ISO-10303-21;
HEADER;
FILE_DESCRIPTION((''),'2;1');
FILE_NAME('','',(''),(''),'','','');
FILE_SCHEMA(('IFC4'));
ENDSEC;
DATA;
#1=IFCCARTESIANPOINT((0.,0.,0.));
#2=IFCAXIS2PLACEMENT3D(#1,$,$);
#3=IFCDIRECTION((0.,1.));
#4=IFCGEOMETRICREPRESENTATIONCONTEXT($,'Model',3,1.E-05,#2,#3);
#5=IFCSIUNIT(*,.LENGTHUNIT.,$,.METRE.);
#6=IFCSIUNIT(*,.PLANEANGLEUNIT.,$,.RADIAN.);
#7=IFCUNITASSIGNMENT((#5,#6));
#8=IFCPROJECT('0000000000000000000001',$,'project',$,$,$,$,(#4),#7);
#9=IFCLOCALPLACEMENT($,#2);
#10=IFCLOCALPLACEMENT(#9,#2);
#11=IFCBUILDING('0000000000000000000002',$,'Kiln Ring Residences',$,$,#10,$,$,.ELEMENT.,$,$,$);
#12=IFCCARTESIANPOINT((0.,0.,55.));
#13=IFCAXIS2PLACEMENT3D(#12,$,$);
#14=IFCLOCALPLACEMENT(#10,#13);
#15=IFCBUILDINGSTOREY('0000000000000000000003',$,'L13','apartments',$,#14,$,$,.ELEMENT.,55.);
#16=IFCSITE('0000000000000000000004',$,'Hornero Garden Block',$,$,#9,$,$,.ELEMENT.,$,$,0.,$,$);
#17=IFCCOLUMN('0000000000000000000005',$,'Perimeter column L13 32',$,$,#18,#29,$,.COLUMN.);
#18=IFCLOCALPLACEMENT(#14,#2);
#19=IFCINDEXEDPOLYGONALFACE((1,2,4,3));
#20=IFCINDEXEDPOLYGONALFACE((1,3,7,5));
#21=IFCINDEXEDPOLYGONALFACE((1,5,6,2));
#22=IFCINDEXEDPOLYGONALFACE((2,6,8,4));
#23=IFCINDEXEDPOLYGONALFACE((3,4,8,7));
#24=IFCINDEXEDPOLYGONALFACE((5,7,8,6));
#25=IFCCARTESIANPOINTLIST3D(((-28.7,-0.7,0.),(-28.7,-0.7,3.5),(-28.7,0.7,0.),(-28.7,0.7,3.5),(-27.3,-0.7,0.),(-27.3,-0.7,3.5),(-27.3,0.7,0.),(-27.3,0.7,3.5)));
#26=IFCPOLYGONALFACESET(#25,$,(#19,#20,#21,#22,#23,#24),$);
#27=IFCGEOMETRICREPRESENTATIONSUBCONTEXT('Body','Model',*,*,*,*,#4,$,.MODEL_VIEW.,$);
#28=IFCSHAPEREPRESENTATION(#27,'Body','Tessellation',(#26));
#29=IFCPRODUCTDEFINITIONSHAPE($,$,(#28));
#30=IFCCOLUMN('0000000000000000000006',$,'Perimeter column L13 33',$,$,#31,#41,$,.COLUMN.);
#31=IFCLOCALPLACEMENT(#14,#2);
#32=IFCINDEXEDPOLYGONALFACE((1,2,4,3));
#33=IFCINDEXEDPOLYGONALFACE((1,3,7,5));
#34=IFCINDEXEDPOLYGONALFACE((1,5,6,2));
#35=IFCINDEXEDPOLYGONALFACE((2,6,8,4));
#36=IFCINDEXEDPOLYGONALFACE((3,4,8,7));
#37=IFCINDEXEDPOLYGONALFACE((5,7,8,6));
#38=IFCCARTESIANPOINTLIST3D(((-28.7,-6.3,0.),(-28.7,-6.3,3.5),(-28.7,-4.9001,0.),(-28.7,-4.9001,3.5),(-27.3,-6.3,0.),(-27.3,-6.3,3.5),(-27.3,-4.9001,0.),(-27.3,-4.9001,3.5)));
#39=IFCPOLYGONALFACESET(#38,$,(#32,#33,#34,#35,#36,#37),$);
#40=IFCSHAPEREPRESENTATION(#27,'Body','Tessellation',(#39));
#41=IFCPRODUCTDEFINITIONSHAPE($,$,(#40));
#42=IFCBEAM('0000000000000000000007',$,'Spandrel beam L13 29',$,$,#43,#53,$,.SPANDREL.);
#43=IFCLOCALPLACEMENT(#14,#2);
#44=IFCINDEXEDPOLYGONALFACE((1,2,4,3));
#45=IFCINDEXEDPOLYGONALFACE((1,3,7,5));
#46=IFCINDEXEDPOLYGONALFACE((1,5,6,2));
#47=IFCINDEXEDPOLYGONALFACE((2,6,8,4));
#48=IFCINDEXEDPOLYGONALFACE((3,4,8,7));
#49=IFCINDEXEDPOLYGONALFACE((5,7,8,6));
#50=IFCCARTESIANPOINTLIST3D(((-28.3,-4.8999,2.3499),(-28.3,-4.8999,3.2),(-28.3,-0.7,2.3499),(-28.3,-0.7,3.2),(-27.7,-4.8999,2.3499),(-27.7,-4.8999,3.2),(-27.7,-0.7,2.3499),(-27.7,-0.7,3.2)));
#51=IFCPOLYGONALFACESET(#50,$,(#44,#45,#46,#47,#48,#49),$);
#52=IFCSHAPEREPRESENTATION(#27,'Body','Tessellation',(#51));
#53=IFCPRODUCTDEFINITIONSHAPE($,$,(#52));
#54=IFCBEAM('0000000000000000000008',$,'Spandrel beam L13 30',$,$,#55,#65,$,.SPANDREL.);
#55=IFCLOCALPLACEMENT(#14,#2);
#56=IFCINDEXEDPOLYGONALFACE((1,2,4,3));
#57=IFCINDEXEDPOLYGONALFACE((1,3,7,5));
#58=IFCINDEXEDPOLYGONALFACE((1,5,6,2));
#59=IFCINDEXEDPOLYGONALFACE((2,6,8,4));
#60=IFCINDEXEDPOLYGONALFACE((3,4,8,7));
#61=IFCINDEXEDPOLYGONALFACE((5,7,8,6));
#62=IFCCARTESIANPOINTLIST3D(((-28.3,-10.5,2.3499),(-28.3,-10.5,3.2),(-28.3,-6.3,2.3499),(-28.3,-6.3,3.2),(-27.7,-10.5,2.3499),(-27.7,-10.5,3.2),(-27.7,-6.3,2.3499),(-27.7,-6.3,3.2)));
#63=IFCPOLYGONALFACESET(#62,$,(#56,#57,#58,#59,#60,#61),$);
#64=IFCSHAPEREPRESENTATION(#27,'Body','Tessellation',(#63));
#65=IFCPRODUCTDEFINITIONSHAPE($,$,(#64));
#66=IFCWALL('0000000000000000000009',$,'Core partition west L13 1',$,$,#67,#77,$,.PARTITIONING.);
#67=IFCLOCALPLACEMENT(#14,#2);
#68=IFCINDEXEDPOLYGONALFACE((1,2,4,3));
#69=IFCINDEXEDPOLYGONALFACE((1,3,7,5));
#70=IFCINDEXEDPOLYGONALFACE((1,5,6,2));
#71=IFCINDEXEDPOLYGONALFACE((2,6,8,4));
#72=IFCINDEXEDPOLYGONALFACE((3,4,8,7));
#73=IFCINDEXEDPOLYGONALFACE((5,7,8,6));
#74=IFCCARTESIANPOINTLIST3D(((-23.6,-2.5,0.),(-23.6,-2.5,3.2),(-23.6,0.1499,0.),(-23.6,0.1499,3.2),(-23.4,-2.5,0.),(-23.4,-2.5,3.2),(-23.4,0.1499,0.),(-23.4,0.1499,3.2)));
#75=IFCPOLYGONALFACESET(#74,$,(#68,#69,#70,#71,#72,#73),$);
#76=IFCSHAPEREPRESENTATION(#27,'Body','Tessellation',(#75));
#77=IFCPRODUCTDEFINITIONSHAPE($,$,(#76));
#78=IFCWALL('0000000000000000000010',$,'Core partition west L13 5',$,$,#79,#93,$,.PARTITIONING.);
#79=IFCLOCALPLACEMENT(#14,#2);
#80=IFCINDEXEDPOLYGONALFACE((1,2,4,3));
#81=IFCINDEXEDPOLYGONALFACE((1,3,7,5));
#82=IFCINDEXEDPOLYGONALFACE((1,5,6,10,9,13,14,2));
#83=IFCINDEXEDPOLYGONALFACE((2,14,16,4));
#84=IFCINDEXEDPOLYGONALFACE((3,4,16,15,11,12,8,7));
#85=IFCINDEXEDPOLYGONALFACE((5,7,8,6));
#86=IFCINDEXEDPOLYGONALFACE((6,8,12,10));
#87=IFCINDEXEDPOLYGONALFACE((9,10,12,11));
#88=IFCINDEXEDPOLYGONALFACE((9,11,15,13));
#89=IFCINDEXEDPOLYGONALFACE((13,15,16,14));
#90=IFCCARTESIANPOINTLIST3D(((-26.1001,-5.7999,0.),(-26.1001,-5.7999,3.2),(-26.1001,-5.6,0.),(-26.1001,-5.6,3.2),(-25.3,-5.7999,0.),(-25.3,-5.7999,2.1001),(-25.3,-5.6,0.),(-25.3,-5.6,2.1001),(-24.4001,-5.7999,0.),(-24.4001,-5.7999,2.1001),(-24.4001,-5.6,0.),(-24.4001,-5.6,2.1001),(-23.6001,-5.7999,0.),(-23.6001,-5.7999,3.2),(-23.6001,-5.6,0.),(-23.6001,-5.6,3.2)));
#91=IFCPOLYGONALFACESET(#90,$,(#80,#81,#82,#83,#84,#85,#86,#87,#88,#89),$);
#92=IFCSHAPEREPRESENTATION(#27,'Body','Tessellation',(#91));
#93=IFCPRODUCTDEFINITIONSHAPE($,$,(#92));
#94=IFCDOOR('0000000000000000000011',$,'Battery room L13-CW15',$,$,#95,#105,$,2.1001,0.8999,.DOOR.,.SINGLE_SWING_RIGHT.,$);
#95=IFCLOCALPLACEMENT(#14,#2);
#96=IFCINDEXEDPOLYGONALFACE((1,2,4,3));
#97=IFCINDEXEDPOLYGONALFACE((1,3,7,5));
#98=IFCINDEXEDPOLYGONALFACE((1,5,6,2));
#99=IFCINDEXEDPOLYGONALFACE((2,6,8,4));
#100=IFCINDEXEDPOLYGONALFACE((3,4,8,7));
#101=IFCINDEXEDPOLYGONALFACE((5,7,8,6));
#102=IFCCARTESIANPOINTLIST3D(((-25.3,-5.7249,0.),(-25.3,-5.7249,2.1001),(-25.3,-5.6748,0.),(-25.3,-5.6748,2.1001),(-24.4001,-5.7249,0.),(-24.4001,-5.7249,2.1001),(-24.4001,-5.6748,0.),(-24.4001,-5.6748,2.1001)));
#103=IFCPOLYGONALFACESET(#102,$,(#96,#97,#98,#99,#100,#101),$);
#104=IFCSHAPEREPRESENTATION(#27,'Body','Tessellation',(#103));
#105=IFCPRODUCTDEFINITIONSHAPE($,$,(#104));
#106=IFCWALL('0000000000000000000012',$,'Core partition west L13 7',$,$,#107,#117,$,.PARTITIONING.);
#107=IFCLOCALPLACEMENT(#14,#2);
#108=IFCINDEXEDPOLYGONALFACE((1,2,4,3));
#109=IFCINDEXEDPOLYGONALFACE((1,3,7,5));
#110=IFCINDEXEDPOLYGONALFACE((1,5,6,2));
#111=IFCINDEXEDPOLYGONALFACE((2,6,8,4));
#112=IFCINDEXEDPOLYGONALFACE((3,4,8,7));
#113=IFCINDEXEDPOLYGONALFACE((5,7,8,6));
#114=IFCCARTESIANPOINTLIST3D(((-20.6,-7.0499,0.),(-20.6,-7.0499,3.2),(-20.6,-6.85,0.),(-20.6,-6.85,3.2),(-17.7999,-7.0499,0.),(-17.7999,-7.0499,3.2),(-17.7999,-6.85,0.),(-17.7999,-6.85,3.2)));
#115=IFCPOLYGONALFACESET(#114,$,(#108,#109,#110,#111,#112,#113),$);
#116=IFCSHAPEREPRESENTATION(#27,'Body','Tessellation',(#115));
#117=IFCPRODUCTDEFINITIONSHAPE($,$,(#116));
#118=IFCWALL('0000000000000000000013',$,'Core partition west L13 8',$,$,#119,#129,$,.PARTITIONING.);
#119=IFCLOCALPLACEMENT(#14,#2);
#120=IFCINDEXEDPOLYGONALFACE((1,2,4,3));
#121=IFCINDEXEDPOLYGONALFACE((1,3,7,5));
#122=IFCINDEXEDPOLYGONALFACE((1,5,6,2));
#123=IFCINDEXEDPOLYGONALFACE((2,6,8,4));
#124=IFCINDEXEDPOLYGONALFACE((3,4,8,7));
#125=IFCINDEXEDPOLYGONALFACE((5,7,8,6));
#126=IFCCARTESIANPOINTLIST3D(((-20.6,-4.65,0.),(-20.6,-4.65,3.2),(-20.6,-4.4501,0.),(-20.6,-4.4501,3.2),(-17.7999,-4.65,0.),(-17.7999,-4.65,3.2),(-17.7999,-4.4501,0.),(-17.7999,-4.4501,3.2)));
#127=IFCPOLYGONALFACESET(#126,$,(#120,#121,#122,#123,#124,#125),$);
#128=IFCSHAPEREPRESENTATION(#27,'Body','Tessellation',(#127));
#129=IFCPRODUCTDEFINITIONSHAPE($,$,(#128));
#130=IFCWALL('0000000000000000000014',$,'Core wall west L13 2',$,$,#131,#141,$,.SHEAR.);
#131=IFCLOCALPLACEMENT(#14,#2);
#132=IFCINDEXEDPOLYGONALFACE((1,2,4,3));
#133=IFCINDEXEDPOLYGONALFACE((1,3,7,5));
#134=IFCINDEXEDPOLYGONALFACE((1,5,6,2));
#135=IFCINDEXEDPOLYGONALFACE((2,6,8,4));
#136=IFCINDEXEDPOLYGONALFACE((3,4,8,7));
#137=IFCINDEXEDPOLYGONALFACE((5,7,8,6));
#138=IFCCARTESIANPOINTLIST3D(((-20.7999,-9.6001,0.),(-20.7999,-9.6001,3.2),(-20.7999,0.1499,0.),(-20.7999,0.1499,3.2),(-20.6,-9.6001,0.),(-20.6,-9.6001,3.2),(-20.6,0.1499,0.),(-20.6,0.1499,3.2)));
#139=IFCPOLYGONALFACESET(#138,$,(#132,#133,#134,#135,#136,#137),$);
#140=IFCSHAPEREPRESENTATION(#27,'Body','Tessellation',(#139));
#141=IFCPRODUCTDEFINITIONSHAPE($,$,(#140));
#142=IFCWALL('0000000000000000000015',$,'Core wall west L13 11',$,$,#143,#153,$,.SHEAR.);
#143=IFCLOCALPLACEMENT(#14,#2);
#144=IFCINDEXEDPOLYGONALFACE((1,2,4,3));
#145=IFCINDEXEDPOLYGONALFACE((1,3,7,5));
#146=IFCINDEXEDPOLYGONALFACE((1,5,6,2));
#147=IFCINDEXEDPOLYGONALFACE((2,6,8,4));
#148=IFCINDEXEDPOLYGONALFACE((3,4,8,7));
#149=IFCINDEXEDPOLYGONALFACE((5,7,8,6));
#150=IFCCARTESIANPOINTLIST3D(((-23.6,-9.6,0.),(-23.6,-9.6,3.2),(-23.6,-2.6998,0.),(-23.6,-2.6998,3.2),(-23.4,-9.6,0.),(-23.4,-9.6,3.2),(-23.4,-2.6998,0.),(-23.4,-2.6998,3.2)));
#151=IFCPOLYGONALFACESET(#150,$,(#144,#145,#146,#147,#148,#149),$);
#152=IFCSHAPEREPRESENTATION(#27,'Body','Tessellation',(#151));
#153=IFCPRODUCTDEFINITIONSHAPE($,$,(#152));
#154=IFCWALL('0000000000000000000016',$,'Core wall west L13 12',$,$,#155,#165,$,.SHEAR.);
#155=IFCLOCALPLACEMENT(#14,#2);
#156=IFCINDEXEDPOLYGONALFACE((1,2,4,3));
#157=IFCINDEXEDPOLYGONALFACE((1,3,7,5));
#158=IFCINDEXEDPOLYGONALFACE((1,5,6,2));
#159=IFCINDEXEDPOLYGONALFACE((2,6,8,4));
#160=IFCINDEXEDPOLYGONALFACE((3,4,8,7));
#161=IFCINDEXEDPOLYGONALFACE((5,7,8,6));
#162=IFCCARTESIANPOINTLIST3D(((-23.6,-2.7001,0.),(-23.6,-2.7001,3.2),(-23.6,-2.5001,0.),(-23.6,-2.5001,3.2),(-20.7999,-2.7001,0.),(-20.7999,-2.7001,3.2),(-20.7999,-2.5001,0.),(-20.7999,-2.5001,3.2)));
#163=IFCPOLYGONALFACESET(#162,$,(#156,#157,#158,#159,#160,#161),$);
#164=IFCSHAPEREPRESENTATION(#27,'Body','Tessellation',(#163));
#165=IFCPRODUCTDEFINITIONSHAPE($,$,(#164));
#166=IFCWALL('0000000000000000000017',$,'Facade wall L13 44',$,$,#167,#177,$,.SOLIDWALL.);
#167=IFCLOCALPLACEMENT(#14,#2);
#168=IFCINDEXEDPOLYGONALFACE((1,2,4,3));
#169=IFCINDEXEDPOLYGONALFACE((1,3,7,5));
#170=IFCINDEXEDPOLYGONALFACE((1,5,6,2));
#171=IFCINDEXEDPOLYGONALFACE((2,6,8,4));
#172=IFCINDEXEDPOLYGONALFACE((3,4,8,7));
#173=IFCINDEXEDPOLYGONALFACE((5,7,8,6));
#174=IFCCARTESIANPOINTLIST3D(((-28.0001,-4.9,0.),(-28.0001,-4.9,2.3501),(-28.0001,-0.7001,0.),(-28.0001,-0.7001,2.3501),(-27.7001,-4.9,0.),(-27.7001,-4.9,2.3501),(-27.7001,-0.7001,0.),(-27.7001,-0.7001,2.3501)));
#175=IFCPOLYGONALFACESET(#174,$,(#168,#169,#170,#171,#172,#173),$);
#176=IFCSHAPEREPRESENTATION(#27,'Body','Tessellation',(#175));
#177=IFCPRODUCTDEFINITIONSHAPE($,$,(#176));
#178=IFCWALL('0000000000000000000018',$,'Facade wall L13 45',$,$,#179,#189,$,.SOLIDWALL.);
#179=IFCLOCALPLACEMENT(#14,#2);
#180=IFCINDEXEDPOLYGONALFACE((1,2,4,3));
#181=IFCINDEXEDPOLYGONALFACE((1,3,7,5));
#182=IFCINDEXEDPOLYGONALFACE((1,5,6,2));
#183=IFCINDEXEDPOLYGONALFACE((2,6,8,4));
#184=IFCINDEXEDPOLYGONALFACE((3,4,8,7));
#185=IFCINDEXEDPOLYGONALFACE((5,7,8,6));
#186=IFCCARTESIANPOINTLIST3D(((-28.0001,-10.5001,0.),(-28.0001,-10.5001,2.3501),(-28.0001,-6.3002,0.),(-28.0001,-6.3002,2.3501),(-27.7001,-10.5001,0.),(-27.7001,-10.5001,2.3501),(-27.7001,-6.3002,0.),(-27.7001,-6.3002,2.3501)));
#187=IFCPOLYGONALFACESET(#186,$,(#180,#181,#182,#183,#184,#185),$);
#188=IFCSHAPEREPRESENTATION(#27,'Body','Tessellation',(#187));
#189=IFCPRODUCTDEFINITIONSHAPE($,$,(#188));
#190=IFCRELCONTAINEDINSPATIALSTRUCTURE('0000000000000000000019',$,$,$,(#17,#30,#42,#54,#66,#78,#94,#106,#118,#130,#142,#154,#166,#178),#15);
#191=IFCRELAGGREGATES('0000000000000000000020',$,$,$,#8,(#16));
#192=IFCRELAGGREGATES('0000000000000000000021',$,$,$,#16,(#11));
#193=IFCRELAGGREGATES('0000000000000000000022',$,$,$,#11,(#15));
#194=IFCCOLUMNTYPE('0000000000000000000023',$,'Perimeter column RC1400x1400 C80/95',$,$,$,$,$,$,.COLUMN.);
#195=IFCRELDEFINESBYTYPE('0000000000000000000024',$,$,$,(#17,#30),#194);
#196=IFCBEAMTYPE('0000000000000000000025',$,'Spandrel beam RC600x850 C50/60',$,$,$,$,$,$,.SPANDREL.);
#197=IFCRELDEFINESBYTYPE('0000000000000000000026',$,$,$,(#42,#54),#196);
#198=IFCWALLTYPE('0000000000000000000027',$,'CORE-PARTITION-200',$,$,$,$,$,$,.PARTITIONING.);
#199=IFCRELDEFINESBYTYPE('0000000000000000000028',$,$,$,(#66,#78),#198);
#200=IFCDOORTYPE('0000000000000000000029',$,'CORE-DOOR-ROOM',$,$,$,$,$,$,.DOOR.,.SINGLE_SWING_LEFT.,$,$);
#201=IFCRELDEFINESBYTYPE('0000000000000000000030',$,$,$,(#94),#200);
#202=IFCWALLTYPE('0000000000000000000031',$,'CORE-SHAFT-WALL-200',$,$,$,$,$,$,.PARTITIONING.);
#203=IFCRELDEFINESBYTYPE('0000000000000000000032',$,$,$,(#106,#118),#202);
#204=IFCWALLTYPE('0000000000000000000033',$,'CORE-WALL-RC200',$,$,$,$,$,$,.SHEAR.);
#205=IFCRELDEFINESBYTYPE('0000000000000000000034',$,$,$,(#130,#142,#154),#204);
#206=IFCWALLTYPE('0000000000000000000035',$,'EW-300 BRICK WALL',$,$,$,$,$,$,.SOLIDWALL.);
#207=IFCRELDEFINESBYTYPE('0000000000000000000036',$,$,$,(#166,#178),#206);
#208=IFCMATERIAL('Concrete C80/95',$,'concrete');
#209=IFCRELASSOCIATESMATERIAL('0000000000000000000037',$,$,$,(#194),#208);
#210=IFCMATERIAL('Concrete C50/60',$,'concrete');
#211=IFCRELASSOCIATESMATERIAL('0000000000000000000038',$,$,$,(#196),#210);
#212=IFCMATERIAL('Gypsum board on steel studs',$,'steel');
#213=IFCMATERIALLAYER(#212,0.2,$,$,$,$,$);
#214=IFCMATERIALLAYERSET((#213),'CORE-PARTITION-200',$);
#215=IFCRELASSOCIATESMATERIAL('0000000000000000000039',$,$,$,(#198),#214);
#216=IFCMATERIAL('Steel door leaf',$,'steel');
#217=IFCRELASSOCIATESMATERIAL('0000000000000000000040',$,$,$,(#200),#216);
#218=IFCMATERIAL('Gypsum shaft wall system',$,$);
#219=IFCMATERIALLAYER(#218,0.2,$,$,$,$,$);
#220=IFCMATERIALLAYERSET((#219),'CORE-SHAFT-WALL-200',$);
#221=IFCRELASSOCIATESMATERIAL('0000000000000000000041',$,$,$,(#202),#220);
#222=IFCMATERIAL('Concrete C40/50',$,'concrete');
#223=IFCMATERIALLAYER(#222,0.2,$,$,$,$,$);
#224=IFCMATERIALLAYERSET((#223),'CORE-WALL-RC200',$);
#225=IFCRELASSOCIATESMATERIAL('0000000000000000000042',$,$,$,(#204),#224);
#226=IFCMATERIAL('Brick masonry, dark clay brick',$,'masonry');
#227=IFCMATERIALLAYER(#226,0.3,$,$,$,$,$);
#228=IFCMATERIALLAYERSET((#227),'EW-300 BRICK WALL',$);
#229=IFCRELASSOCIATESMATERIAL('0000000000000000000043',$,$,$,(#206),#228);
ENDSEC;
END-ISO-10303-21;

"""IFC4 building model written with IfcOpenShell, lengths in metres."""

from ifc_helpers import new_model, si_unit, direction, frame, frame_2d, origin, origin_2d, place, context, subcontext, project, spatial, rectangle, extrude, material, layer, layer_set, material_profile, profile_set, type_object, element, fill, save


model = new_model("IFC4")

# Units and contexts
model_context = context("Model", 3, precision=1e-05, world=origin(), true_north=direction((0.0, 1.0)))
body_context = subcontext(model_context, "Body", "Model", "MODEL_VIEW")
ifc_project = project(units=[si_unit("LENGTHUNIT", "METRE"), si_unit("PLANEANGLEUNIT", "RADIAN")], contexts=[model_context])

# Site, building, storey
site_placement = place(None, origin())
site = spatial("IfcSite", under=ifc_project, at=site_placement, Name="Hornero Garden Block", CompositionType="ELEMENT", RefElevation=0.0)
building_placement = place(site_placement, origin())
building = spatial("IfcBuilding", under=site, at=building_placement, Name="Kiln Ring Residences", CompositionType="ELEMENT")
storey_placement = place(building_placement, frame((0.0, 0.0, 55.0)))
storey = spatial("IfcBuildingStorey", under=building, at=storey_placement, Name="L13", Description="apartments", CompositionType="ELEMENT", Elevation=55.0)

# Columns
ifc_material_1 = material(Name="Concrete C80/95", Category="concrete")
ifc_material_profile_1 = material_profile(ifc_material_1, rectangle(XDim=1.3999, YDim=1.3999, at=origin_2d()), Name="RC1400x1400")
ifc_profile_set_1 = profile_set([ifc_material_profile_1], Name="Concrete C80/95")
column_type = type_object("IfcColumnType", Name="Perimeter column RC1400x1400 C80/95", PredefinedType="COLUMN", material=ifc_profile_set_1)
for number, where, z_axis, x_axis, name in (
    (1, (-28.0, 0.0, 0.0), (0.0, 0.0, 1.0), (1.0, 0.0, 0.0), "Perimeter column L13 32"),
    (2, (-28.0, -5.6001, 0.0), (0.0, 0.0, 1.0), (1.0, 0.0, 0.0), "Perimeter column L13 33"),
):
    element("IfcColumn", number, at=place(storey_placement, frame(where, z_axis=z_axis, x_axis=x_axis)), inside=storey, type_object=column_type, Name=name, PredefinedType="COLUMN", context=body_context, shape_type="SweptSolid", body=[
        extrude(rectangle(XDim=1.3999, YDim=1.3999, at=origin_2d()), origin(), (0.0, 0.0, 1.0), 3.5),
    ])

# Beams
ifc_material_2 = material(Name="Concrete C50/60", Category="concrete")
ifc_material_profile_2 = material_profile(ifc_material_2, rectangle(XDim=0.6001, YDim=0.8501, at=origin_2d()), Name="RC600x850")
ifc_profile_set_2 = profile_set([ifc_material_profile_2], Name="Concrete C50/60")
beam_type = type_object("IfcBeamType", Name="Spandrel beam RC600x850 C50/60", PredefinedType="SPANDREL", material=ifc_profile_set_2)
for number, where, z_axis, x_axis, name in (
    (3, (-28.0, -0.7, 2.7749), (0.0, -1.0, 0.0), (1.0, 0.0, 0.0), "Spandrel beam L13 29"),
    (4, (-28.0, -6.3, 2.7749), (0.0, -1.0, 0.0), (1.0, 0.0, 0.0), "Spandrel beam L13 30"),
):
    element("IfcBeam", number, at=place(storey_placement, frame(where, z_axis=z_axis, x_axis=x_axis)), inside=storey, type_object=beam_type, Name=name, PredefinedType="SPANDREL", context=body_context, shape_type="SweptSolid", body=[
        extrude(rectangle(XDim=0.6001, YDim=0.8501, at=origin_2d()), origin(), (0.0, 0.0, 1.0), 4.2),
    ])

# Wall
ifc_material_3 = material(Name="Gypsum board on steel studs", Category="steel")
ifc_layer_1 = layer(ifc_material_3, 0.2)
ifc_layer_set_1 = layer_set([ifc_layer_1], Name="CORE-PARTITION-200")
wall_type_1 = type_object("IfcWallType", Name="CORE-PARTITION-200", PredefinedType="PARTITIONING", material=ifc_layer_set_1)
wall_1_placement = place(storey_placement, frame((-23.5, -2.5, 0.0), z_axis=(0.0, 0.0, 1.0), x_axis=(0.0, 1.0, 0.0)))
element("IfcWall", 5, at=wall_1_placement, inside=storey, type_object=wall_type_1, Name="Core partition west L13 1", PredefinedType="PARTITIONING", context=body_context, shape_type="SweptSolid", body=[
    extrude(rectangle(XDim=2.6499, YDim=0.2, at=frame_2d((1.325, 0.0))), origin(), (0.0, 0.0, 1.0), 3.2),
])

# Wall, opening, door
wall_2_placement = place(storey_placement, frame((-23.6001, -5.7, 0.0), z_axis=(0.0, 0.0, 1.0), x_axis=(-1.0, 0.0, 0.0)))
wall_2 = element("IfcWall", 6, at=wall_2_placement, inside=storey, type_object=wall_type_1, Name="Core partition west L13 5", PredefinedType="PARTITIONING", context=body_context, shape_type="SweptSolid", body=[
    extrude(rectangle(XDim=2.5, YDim=0.2, at=frame_2d((1.25, 0.0))), origin(), (0.0, 0.0, 1.0), 3.2),
])
opening_placement = place(wall_2_placement, frame((0.8, 0.0, 0.0)))
opening = element("IfcOpeningElement", 7, at=opening_placement, cuts=wall_2, PredefinedType="OPENING", context=body_context, shape_type="SweptSolid", body=[
    extrude(rectangle(XDim=0.8999, YDim=2.1001, at=frame_2d((0.45, 1.05))), frame((0.0, 0.1099, 0.0), z_axis=(0.0, -1.0, 0.0), x_axis=(1.0, 0.0, 0.0)), (0.0, 0.0, 1.0), 0.22),
])
ifc_material_4 = material(Name="Steel door leaf", Category="steel")
door_type = type_object("IfcDoorType", Name="CORE-DOOR-ROOM", OperationType="SINGLE_SWING_LEFT", PredefinedType="DOOR", material=ifc_material_4)
door_placement = place(opening_placement, origin())
door = element("IfcDoor", 8, at=door_placement, inside=storey, type_object=door_type, Name="Battery room L13-CW15", OperationType="SINGLE_SWING_RIGHT", OverallHeight=2.1001, OverallWidth=0.8999, PredefinedType="DOOR", context=body_context, shape_type="SweptSolid", body=[
    extrude(rectangle(XDim=0.8999, YDim=2.1001, at=frame_2d((0.45, 1.05))), frame((0.0, 0.0249, 0.0), z_axis=(0.0, -1.0, 0.0), x_axis=(1.0, 0.0, 0.0)), (0.0, 0.0, 1.0), 0.05),
])
fill(opening, door)

# Walls
ifc_material_5 = material(Name="Gypsum shaft wall system")
ifc_layer_2 = layer(ifc_material_5, 0.2)
ifc_layer_set_2 = layer_set([ifc_layer_2], Name="CORE-SHAFT-WALL-200")
wall_type_2 = type_object("IfcWallType", Name="CORE-SHAFT-WALL-200", PredefinedType="PARTITIONING", material=ifc_layer_set_2)
for number, where, z_axis, x_axis, name in (
    (9, (-17.8, -6.95, 0.0), (0.0, 0.0, 1.0), (-1.0, 0.0, 0.0), "Core partition west L13 7"),
    (10, (-17.8, -4.55, 0.0), (0.0, 0.0, 1.0), (-1.0, 0.0, 0.0), "Core partition west L13 8"),
):
    element("IfcWall", number, at=place(storey_placement, frame(where, z_axis=z_axis, x_axis=x_axis)), inside=storey, type_object=wall_type_2, Name=name, PredefinedType="PARTITIONING", context=body_context, shape_type="SweptSolid", body=[
        extrude(rectangle(XDim=2.8, YDim=0.2, at=frame_2d((1.3999, 0.0))), origin(), (0.0, 0.0, 1.0), 3.2),
    ])
ifc_material_6 = material(Name="Concrete C40/50", Category="concrete")
ifc_layer_3 = layer(ifc_material_6, 0.2)
ifc_layer_set_3 = layer_set([ifc_layer_3], Name="CORE-WALL-RC200")
wall_type_3 = type_object("IfcWallType", Name="CORE-WALL-RC200", PredefinedType="SHEAR", material=ifc_layer_set_3)
wall_3_placement = place(storey_placement, frame((-20.7, -9.6001, 0.0), z_axis=(0.0, 0.0, 1.0), x_axis=(0.0, 1.0, 0.0)))
element("IfcWall", 11, at=wall_3_placement, inside=storey, type_object=wall_type_3, Name="Core wall west L13 2", PredefinedType="SHEAR", context=body_context, shape_type="SweptSolid", body=[
    extrude(rectangle(XDim=9.75, YDim=0.2, at=frame_2d((4.875, 0.0))), origin(), (0.0, 0.0, 1.0), 3.2),
])
wall_4_placement = place(storey_placement, frame((-23.5, -9.6001, 0.0), z_axis=(0.0, 0.0, 1.0), x_axis=(0.0, 1.0, 0.0)))
element("IfcWall", 12, at=wall_4_placement, inside=storey, type_object=wall_type_3, Name="Core wall west L13 11", PredefinedType="SHEAR", context=body_context, shape_type="SweptSolid", body=[
    extrude(rectangle(XDim=6.9001, YDim=0.2, at=frame_2d((3.4502, 0.0))), origin(), (0.0, 0.0, 1.0), 3.2),
])
wall_5_placement = place(storey_placement, frame((-20.8, -2.6001, 0.0), z_axis=(0.0, 0.0, 1.0), x_axis=(-1.0, 0.0, 0.0)))
element("IfcWall", 13, at=wall_5_placement, inside=storey, type_object=wall_type_3, Name="Core wall west L13 12", PredefinedType="SHEAR", context=body_context, shape_type="SweptSolid", body=[
    extrude(rectangle(XDim=2.8, YDim=0.2, at=frame_2d((1.3999, 0.0))), origin(), (0.0, 0.0, 1.0), 3.2),
])
ifc_material_7 = material(Name="Brick masonry, dark clay brick", Category="masonry")
ifc_layer_4 = layer(ifc_material_7, 0.3)
ifc_layer_set_4 = layer_set([ifc_layer_4], Name="EW-300 BRICK WALL")
wall_type_4 = type_object("IfcWallType", Name="EW-300 BRICK WALL", PredefinedType="SOLIDWALL", material=ifc_layer_set_4)
for number, where, z_axis, x_axis, name in (
    (14, (-27.8501, -0.7, 0.0), (0.0, 0.0, 1.0), (0.0, -1.0, 0.0), "Facade wall L13 44"),
    (15, (-27.8501, -6.3, 0.0), (0.0, 0.0, 1.0), (0.0, -1.0, 0.0), "Facade wall L13 45"),
):
    element("IfcWall", number, at=place(storey_placement, frame(where, z_axis=z_axis, x_axis=x_axis)), inside=storey, type_object=wall_type_4, Name=name, PredefinedType="SOLIDWALL", context=body_context, shape_type="SweptSolid", body=[
        extrude(rectangle(XDim=4.2, YDim=0.3, at=frame_2d((2.1001, 0.0))), origin(), (0.0, 0.0, 1.0), 2.3501),
    ])

save(model, "model.ifc")
